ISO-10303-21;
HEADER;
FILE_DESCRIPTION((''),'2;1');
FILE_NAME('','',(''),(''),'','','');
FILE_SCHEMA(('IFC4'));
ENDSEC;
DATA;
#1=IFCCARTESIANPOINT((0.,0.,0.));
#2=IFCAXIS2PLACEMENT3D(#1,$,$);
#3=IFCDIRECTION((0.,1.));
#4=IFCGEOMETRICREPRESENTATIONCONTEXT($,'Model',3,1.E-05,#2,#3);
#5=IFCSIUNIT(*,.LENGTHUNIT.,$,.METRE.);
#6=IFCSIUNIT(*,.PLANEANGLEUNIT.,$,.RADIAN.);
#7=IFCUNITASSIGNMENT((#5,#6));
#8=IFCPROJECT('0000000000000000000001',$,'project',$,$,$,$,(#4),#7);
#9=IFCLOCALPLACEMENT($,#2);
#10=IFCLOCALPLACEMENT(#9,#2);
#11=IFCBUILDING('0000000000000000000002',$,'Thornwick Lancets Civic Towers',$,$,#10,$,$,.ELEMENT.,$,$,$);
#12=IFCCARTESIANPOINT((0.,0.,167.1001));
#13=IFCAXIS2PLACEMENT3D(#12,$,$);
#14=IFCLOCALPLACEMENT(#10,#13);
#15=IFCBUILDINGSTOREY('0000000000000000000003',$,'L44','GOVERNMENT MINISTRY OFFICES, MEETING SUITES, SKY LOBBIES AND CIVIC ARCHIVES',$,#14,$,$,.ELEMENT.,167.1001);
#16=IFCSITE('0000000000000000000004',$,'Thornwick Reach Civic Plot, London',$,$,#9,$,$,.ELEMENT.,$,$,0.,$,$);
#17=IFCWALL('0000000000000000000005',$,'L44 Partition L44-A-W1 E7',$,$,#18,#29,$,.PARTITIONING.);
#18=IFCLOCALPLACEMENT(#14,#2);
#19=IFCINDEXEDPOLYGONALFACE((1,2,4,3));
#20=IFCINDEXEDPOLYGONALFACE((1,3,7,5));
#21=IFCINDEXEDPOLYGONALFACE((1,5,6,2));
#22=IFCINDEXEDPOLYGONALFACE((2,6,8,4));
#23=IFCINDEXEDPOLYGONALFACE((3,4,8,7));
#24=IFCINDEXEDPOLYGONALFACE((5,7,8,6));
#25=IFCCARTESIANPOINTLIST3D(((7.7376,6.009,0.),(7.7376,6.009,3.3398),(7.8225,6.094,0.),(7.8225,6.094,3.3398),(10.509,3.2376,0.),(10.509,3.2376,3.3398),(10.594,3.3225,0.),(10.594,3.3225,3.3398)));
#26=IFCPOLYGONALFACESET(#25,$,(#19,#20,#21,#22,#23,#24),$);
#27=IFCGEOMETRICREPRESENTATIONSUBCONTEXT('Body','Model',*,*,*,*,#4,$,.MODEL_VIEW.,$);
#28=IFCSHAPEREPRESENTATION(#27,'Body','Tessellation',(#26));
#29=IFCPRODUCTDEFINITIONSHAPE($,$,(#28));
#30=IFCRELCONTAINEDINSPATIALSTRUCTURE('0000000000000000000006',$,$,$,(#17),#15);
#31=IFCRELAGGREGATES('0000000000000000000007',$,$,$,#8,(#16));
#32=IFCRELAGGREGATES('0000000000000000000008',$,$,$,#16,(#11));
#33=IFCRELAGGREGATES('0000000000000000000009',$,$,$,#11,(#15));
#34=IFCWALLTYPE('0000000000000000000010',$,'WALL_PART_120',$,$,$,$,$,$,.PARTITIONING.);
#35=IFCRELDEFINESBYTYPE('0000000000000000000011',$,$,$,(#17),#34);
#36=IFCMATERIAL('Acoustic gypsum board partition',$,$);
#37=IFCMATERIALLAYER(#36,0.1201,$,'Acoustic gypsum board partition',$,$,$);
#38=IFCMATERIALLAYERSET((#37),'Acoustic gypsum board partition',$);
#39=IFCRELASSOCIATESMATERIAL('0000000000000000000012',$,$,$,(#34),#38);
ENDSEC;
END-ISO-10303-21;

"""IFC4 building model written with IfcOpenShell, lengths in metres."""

from ifc_helpers import new_model, si_unit, direction, frame, frame_2d, origin, place, context, subcontext, project, spatial, rectangle, extrude, material, layer, layer_set, type_object, element, save


model = new_model("IFC4")

# Units and contexts
model_context = context("Model", 3, precision=1e-05, world=origin(), true_north=direction((0.0, 1.0)))
body_context = subcontext(model_context, "Body", "Model", "MODEL_VIEW")
ifc_project = project(units=[si_unit("LENGTHUNIT", "METRE"), si_unit("PLANEANGLEUNIT", "RADIAN")], contexts=[model_context])

# Site, building, storey
site_placement = place(None, origin())
site = spatial("IfcSite", under=ifc_project, at=site_placement, Name="Thornwick Reach Civic Plot, London", CompositionType="ELEMENT", RefElevation=0.0)
building_placement = place(site_placement, origin())
building = spatial("IfcBuilding", under=site, at=building_placement, Name="Thornwick Lancets Civic Towers", CompositionType="ELEMENT")
storey_placement = place(building_placement, frame((0.0, 0.0, 167.1001)))
storey = spatial("IfcBuildingStorey", under=building, at=storey_placement, Name="L44", Description="GOVERNMENT MINISTRY OFFICES, MEETING SUITES, SKY LOBBIES AND CIVIC ARCHIVES", CompositionType="ELEMENT", Elevation=167.1001)

# Wall
ifc_material_1 = material(Name="Acoustic gypsum board partition")
ifc_layer_1 = layer(ifc_material_1, 0.1201, Name="Acoustic gypsum board partition")
ifc_layer_set_1 = layer_set([ifc_layer_1], Name="Acoustic gypsum board partition")
wall_type_1 = type_object("IfcWallType", Name="WALL_PART_120", PredefinedType="PARTITIONING", material=ifc_layer_set_1)
wall_1_placement = place(storey_placement, frame((10.5515, 3.28, 0.0), z_axis=(0.0, 0.0, 1.0), x_axis=(-0.707107, 0.707107, 0.0)))
element("IfcWall", 1, at=wall_1_placement, inside=storey, type_object=wall_type_1, Name="L44 Partition L44-A-W1 E7", PredefinedType="PARTITIONING", context=body_context, shape_type="SweptSolid", body=[
    extrude(rectangle(XDim=3.9194, YDim=0.1201, at=frame_2d((1.9597, 0.0))), origin(), (0.0, 0.0, 1.0), 3.3398),
])

save(model, "model.ifc")
